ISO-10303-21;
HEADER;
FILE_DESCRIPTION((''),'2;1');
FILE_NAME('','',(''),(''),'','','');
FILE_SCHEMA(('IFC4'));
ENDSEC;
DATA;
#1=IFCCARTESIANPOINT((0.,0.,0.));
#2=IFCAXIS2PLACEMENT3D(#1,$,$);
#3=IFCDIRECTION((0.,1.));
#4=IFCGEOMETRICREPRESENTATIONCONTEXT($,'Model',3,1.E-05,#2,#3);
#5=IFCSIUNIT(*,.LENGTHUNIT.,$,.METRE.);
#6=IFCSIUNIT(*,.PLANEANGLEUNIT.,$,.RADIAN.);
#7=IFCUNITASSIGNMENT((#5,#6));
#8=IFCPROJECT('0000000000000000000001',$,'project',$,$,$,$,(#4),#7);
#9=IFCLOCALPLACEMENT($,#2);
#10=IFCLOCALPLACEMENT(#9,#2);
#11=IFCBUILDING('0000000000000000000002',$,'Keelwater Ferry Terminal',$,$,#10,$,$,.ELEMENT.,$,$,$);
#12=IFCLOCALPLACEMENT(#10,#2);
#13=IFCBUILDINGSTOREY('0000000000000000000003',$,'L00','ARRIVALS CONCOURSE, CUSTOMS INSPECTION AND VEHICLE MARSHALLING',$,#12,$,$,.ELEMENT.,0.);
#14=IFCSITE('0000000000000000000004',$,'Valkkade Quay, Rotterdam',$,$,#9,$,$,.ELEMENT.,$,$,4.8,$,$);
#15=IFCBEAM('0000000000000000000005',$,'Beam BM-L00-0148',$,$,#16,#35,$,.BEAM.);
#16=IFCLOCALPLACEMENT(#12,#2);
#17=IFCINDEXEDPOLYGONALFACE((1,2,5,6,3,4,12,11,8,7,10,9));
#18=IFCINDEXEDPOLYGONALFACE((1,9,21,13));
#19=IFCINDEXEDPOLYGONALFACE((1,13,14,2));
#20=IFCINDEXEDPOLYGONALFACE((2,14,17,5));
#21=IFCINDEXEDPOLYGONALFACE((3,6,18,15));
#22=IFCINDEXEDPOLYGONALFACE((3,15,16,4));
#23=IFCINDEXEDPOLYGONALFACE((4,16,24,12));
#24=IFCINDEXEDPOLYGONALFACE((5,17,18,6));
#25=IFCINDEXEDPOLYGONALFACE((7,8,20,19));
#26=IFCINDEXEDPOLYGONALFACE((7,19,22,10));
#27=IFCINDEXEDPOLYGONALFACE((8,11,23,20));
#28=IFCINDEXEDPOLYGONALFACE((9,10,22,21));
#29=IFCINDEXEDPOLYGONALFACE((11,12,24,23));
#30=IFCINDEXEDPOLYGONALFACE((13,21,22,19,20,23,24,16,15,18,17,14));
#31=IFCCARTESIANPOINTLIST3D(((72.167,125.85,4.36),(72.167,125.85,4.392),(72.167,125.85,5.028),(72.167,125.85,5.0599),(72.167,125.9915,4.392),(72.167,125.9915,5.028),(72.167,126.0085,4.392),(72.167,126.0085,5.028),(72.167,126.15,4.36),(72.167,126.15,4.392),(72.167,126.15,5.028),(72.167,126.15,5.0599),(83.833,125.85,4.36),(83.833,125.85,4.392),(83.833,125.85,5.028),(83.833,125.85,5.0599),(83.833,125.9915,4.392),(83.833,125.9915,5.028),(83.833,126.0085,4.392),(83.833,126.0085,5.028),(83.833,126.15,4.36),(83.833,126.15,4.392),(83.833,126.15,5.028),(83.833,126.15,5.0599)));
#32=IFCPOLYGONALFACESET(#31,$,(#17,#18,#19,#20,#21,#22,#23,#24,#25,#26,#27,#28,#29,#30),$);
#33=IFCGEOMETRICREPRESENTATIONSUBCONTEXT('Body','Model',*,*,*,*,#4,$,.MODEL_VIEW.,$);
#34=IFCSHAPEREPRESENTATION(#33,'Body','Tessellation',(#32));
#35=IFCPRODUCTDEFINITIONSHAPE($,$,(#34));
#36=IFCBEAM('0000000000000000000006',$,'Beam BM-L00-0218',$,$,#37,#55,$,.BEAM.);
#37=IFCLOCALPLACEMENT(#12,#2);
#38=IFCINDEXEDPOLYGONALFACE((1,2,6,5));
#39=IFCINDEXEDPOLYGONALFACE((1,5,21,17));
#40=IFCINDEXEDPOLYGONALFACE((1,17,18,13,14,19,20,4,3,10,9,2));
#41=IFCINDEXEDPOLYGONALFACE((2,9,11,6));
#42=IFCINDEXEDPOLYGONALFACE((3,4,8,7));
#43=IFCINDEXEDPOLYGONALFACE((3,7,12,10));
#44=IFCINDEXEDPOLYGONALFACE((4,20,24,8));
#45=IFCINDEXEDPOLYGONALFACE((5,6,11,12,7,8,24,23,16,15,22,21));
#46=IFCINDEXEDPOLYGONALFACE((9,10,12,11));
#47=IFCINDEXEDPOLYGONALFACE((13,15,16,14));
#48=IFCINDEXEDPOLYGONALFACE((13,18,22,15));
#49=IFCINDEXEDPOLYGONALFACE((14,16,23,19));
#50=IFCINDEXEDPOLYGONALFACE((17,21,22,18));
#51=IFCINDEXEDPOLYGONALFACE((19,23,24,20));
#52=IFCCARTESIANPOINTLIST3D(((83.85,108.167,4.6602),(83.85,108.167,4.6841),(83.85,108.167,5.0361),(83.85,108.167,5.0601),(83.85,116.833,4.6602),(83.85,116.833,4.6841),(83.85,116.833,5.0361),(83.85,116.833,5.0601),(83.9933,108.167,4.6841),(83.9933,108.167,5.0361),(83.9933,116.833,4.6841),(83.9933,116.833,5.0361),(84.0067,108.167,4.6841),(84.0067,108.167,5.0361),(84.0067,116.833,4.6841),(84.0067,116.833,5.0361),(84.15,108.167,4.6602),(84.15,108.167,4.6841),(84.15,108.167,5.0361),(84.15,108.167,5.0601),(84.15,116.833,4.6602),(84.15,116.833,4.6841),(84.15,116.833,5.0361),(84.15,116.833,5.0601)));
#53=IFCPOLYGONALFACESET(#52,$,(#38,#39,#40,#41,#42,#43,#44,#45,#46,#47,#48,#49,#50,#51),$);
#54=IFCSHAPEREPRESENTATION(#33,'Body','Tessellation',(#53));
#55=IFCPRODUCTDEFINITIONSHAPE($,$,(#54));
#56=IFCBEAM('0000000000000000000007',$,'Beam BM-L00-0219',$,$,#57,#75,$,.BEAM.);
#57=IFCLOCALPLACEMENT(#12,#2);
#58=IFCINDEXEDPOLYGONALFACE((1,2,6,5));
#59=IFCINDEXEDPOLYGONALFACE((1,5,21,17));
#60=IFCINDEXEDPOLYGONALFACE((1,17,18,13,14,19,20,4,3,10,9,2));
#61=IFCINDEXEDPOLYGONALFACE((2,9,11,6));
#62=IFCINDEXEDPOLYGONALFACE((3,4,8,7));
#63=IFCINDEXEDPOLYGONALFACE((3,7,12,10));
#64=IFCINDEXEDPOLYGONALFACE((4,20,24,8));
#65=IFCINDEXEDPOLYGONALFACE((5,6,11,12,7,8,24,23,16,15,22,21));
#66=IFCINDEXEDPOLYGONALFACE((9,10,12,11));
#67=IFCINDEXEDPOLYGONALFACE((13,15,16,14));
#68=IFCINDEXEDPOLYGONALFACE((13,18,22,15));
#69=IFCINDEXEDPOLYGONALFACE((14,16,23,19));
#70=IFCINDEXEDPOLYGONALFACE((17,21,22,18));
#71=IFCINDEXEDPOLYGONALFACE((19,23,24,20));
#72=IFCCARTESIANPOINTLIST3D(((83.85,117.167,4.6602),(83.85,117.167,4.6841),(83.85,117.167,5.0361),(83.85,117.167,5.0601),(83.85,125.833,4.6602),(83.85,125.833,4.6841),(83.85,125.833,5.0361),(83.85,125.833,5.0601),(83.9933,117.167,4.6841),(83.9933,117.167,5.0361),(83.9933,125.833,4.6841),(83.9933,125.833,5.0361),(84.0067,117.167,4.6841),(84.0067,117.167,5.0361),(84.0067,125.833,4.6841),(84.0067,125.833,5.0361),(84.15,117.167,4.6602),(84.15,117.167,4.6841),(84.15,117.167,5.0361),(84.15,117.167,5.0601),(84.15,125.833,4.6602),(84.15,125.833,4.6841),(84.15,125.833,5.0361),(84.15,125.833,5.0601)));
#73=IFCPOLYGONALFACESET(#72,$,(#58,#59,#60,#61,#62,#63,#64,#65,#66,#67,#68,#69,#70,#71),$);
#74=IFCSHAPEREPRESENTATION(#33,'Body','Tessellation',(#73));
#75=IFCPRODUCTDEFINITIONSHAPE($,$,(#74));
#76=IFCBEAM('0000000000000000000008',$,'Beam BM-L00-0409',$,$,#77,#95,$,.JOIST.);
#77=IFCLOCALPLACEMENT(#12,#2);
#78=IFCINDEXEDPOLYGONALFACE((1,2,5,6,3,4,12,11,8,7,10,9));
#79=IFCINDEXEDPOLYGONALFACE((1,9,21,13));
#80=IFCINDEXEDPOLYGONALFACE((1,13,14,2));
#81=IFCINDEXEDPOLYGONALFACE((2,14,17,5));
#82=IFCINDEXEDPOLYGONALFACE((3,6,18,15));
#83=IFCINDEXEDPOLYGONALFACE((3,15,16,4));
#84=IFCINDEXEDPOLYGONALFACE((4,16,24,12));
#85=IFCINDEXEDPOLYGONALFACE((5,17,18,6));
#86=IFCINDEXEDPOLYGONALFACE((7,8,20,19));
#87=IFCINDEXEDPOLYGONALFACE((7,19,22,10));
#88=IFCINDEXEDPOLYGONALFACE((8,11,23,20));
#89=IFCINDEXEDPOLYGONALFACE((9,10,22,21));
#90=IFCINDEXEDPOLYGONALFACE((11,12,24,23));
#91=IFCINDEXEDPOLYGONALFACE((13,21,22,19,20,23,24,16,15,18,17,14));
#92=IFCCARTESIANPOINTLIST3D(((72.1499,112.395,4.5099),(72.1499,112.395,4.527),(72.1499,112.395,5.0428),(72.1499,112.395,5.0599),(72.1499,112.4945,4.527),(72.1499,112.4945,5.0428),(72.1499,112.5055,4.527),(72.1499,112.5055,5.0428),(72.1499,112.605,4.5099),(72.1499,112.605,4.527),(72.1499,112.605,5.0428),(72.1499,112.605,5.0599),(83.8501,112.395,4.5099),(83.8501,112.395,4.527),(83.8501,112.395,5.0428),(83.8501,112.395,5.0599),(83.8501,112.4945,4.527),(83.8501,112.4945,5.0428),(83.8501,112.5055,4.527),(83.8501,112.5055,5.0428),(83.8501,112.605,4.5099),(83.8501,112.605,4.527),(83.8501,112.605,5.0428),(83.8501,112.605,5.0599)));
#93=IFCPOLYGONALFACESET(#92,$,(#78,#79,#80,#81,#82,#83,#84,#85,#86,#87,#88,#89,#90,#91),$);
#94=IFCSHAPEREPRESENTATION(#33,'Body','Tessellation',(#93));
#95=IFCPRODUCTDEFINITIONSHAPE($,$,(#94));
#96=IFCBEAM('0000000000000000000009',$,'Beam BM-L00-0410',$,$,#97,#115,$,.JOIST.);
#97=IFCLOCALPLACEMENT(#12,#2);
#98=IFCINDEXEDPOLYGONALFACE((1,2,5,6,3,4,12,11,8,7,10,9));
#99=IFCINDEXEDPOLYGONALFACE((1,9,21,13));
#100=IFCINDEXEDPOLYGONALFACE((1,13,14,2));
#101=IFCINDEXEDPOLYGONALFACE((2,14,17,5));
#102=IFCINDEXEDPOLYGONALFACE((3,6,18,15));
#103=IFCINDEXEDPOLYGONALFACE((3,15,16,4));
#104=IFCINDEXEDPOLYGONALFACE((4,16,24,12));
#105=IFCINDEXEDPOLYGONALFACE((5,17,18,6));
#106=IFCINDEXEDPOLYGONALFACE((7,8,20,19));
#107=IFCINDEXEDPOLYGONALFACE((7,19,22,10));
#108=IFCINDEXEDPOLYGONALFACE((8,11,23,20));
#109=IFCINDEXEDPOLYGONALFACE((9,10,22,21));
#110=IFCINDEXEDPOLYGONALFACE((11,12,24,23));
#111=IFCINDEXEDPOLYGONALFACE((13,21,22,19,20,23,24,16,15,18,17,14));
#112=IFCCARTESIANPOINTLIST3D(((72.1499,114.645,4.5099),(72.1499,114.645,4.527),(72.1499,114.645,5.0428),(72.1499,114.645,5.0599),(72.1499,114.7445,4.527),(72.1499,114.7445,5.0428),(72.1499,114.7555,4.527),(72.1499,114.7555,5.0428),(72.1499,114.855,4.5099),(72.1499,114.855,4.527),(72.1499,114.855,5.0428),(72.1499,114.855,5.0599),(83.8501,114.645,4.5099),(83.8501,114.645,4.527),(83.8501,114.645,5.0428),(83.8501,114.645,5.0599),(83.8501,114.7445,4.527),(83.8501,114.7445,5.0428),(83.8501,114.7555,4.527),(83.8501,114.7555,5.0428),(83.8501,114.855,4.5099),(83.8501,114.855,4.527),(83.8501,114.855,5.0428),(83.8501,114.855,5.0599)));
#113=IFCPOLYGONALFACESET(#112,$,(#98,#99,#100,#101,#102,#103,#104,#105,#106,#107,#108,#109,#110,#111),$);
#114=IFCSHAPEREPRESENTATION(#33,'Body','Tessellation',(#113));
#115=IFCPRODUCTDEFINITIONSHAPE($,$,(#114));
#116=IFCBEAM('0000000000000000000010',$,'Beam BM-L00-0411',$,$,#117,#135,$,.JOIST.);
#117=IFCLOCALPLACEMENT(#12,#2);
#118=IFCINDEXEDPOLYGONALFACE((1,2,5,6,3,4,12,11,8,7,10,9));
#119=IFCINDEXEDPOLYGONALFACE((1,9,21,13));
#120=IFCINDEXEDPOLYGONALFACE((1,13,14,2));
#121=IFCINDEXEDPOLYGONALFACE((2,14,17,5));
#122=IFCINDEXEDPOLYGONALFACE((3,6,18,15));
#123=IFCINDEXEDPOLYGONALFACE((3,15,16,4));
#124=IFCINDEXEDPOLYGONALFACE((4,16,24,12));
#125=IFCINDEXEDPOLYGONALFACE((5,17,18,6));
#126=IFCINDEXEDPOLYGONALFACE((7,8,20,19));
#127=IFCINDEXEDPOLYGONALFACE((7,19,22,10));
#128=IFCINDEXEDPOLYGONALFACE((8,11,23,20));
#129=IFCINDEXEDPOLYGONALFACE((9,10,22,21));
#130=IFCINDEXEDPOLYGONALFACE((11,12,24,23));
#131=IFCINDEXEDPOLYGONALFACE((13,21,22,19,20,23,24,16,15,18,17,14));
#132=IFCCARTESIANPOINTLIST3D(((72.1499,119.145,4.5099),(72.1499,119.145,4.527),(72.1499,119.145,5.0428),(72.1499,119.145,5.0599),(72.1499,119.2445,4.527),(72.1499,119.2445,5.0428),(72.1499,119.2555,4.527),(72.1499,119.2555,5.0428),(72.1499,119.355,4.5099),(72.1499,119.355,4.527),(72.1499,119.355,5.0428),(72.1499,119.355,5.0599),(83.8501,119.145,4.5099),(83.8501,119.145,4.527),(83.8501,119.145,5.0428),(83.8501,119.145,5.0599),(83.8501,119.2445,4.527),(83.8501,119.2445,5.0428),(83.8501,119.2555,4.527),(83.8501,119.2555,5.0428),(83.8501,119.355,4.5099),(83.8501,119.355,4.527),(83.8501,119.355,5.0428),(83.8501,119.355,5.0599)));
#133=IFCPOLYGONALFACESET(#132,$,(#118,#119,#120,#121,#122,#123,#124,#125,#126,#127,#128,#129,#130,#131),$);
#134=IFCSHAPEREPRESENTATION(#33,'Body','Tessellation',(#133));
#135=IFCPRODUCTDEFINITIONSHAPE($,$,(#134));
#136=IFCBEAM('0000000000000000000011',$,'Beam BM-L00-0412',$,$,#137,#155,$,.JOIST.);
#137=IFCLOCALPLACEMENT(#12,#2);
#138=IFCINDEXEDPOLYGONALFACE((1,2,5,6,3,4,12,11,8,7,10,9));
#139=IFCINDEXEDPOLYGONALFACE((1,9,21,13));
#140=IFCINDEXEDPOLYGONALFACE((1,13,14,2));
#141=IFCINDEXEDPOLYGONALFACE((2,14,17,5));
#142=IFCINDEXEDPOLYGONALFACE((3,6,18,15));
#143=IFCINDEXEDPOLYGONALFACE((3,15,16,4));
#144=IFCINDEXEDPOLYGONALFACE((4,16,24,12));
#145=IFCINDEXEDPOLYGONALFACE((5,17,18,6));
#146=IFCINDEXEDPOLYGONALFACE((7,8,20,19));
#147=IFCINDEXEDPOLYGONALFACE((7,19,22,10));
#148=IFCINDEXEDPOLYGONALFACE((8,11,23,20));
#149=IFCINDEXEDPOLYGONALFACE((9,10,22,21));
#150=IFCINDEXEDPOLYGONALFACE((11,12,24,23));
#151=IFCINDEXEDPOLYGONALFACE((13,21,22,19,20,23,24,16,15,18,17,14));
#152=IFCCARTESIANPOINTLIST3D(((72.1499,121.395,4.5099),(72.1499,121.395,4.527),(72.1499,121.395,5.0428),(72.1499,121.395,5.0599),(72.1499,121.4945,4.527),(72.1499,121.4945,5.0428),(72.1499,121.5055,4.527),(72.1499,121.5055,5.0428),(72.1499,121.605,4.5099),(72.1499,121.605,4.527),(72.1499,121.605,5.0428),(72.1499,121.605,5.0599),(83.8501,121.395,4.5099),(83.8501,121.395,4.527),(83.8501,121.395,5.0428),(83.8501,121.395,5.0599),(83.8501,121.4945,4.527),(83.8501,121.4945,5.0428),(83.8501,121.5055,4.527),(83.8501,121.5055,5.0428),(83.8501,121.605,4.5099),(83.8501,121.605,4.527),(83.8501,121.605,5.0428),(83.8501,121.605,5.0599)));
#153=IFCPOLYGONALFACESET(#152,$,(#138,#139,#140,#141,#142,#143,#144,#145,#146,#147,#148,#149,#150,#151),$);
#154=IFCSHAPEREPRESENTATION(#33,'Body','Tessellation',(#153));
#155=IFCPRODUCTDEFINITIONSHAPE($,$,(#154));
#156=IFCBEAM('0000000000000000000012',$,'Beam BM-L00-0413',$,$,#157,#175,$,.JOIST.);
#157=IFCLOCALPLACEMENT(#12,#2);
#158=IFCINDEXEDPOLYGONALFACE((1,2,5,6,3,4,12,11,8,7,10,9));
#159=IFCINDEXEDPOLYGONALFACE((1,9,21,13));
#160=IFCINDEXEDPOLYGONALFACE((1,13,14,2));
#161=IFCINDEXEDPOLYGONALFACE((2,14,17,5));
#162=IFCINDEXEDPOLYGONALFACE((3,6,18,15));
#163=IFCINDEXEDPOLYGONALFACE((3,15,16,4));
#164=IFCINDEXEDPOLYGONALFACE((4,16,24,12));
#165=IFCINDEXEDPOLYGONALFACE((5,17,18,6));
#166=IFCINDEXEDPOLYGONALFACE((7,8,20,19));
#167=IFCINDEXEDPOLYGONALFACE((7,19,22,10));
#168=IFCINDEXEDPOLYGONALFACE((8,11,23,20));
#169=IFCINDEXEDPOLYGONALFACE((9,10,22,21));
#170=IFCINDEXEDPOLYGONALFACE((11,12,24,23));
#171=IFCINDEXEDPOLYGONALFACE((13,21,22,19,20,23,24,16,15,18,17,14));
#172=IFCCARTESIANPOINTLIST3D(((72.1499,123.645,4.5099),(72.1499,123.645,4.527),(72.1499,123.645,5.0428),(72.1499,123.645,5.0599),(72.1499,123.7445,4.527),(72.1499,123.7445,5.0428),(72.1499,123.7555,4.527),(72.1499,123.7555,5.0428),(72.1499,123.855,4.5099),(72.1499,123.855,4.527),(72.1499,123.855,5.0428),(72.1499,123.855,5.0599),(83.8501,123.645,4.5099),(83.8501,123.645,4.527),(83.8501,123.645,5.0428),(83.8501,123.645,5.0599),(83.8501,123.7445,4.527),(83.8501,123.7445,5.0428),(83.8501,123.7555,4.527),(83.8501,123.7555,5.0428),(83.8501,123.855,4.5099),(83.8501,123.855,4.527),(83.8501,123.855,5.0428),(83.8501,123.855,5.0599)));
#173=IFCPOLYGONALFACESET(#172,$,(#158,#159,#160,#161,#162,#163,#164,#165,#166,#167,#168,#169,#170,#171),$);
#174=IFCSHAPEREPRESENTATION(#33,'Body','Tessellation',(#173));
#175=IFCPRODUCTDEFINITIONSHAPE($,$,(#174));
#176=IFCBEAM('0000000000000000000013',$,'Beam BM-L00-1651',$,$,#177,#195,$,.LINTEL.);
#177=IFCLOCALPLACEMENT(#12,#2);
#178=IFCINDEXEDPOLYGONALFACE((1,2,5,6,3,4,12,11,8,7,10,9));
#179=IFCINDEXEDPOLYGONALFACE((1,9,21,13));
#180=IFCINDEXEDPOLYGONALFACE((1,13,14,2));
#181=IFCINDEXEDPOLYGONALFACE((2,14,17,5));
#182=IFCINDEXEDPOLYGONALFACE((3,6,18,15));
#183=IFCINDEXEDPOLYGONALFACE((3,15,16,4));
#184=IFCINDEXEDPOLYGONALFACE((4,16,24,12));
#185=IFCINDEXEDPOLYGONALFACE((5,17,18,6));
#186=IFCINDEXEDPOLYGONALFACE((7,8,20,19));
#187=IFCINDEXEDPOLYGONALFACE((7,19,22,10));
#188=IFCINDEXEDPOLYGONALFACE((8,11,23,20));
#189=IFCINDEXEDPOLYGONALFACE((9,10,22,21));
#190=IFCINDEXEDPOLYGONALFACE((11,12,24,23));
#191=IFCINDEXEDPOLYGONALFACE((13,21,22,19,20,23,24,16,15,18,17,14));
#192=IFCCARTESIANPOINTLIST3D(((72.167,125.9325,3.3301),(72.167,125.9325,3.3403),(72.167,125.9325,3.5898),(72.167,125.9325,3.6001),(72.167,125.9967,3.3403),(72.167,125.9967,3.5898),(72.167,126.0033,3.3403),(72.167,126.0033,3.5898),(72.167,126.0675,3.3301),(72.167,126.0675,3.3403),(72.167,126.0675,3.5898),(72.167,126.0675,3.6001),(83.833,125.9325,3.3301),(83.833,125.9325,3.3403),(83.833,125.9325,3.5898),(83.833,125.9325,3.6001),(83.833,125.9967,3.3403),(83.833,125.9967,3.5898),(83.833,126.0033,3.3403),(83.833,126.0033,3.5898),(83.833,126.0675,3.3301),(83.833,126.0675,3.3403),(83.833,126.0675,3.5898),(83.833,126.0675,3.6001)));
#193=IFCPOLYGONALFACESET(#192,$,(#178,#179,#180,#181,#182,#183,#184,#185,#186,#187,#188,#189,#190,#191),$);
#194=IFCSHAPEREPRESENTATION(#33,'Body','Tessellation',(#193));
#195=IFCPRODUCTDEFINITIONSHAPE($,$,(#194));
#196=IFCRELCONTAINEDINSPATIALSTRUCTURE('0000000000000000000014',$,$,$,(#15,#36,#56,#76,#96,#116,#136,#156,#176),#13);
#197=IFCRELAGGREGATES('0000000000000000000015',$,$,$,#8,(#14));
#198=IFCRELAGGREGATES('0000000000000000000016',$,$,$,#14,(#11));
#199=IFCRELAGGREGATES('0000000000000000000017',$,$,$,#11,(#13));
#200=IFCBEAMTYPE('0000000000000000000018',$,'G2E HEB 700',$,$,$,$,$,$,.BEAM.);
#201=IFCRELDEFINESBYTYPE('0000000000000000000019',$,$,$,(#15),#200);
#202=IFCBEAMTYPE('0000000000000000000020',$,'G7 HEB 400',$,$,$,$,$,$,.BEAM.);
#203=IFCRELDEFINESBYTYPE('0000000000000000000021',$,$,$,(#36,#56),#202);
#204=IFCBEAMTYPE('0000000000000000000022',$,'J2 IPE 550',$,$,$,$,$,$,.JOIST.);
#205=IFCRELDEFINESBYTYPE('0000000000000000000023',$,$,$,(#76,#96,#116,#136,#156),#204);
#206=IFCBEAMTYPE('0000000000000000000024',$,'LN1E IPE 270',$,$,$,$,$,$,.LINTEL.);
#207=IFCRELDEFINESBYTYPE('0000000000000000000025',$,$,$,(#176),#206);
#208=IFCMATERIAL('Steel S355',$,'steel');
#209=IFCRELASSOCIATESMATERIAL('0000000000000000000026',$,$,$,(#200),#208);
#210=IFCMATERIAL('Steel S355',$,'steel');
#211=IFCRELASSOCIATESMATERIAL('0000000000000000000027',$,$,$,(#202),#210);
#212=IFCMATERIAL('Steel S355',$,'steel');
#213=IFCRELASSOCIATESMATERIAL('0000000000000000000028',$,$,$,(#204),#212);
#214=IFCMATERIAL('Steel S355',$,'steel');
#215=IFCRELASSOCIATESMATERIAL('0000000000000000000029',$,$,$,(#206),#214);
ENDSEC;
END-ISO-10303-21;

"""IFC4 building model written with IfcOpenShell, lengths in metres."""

from ifc_helpers import new_model, si_unit, direction, frame, origin, origin_2d, place, context, subcontext, project, spatial, i_section, extrude, material, material_profile, profile_set, type_object, element, save


model = new_model("IFC4")

# Units and contexts
model_context = context("Model", 3, precision=1e-05, world=origin(), true_north=direction((0.0, 1.0)))
body_context = subcontext(model_context, "Body", "Model", "MODEL_VIEW")
ifc_project = project(units=[si_unit("LENGTHUNIT", "METRE"), si_unit("PLANEANGLEUNIT", "RADIAN")], contexts=[model_context])

# Site, building, storey
site_placement = place(None, origin())
site = spatial("IfcSite", under=ifc_project, at=site_placement, Name="Valkkade Quay, Rotterdam", CompositionType="ELEMENT", RefElevation=4.8)
building_placement = place(site_placement, origin())
building = spatial("IfcBuilding", under=site, at=building_placement, Name="Keelwater Ferry Terminal", CompositionType="ELEMENT")
storey_placement = place(building_placement, origin())
storey = spatial("IfcBuildingStorey", under=building, at=storey_placement, Name="L00", Description="ARRIVALS CONCOURSE, CUSTOMS INSPECTION AND VEHICLE MARSHALLING", CompositionType="ELEMENT", Elevation=0.0)

# Beams
ifc_material_1 = material(Name="Steel S355", Category="steel")
ifc_material_profile_1 = material_profile(ifc_material_1, i_section(OverallWidth=0.3, OverallDepth=0.7, WebThickness=0.0171, FlangeThickness=0.032, at=origin_2d()), Name="HEB 700")
ifc_profile_set_1 = profile_set([ifc_material_profile_1], Name="Steel S355")
beam_type_1 = type_object("IfcBeamType", Name="G2E HEB 700", PredefinedType="BEAM", material=ifc_profile_set_1)
beam_1_placement = place(storey_placement, frame((72.167, 126.0, 4.71), z_axis=(1.0, 0.0, 0.0), x_axis=(0.0, 1.0, 0.0)))
element("IfcBeam", 1, at=beam_1_placement, inside=storey, type_object=beam_type_1, Name="Beam BM-L00-0148", PredefinedType="BEAM", context=body_context, shape_type="SweptSolid", body=[
    extrude(i_section(OverallWidth=0.3, OverallDepth=0.7, WebThickness=0.0171, FlangeThickness=0.032, at=origin_2d()), origin(), (0.0, 0.0, 1.0), 11.666),
])
ifc_material_2 = material(Name="Steel S355", Category="steel")
ifc_material_profile_2 = material_profile(ifc_material_2, i_section(OverallWidth=0.3, OverallDepth=0.3999, WebThickness=0.0134, FlangeThickness=0.0239, at=origin_2d()), Name="HEB 400")
ifc_profile_set_2 = profile_set([ifc_material_profile_2], Name="Steel S355")
beam_type_2 = type_object("IfcBeamType", Name="G7 HEB 400", PredefinedType="BEAM", material=ifc_profile_set_2)
for number, where, z_axis, x_axis, name in (
    (2, (84.0, 108.167, 4.8601), (0.0, 1.0, 0.0), (-1.0, 0.0, 0.0), "Beam BM-L00-0218"),
    (3, (84.0, 117.167, 4.8601), (0.0, 1.0, 0.0), (-1.0, 0.0, 0.0), "Beam BM-L00-0219"),
):
    element("IfcBeam", number, at=place(storey_placement, frame(where, z_axis=z_axis, x_axis=x_axis)), inside=storey, type_object=beam_type_2, Name=name, PredefinedType="BEAM", context=body_context, shape_type="SweptSolid", body=[
        extrude(i_section(OverallWidth=0.3, OverallDepth=0.3999, WebThickness=0.0134, FlangeThickness=0.0239, at=origin_2d()), origin(), (0.0, 0.0, 1.0), 8.666),
    ])
ifc_material_3 = material(Name="Steel S355", Category="steel")
ifc_material_profile_3 = material_profile(ifc_material_3, i_section(OverallWidth=0.21, OverallDepth=0.55, WebThickness=0.011, FlangeThickness=0.0171, at=origin_2d()), Name="IPE 550")
ifc_profile_set_3 = profile_set([ifc_material_profile_3], Name="Steel S355")
beam_type_3 = type_object("IfcBeamType", Name="J2 IPE 550", PredefinedType="JOIST", material=ifc_profile_set_3)
for number, where, z_axis, x_axis, name in (
    (4, (72.1499, 112.5, 4.7849), (1.0, 0.0, 0.0), (0.0, 1.0, 0.0), "Beam BM-L00-0409"),
    (5, (72.1499, 114.75, 4.7849), (1.0, 0.0, 0.0), (0.0, 1.0, 0.0), "Beam BM-L00-0410"),
    (6, (72.1499, 119.25, 4.7849), (1.0, 0.0, 0.0), (0.0, 1.0, 0.0), "Beam BM-L00-0411"),
    (7, (72.1499, 121.5, 4.7849), (1.0, 0.0, 0.0), (0.0, 1.0, 0.0), "Beam BM-L00-0412"),
    (8, (72.1499, 123.75, 4.7849), (1.0, 0.0, 0.0), (0.0, 1.0, 0.0), "Beam BM-L00-0413"),
):
    element("IfcBeam", number, at=place(storey_placement, frame(where, z_axis=z_axis, x_axis=x_axis)), inside=storey, type_object=beam_type_3, Name=name, PredefinedType="JOIST", context=body_context, shape_type="SweptSolid", body=[
        extrude(i_section(OverallWidth=0.21, OverallDepth=0.55, WebThickness=0.011, FlangeThickness=0.0171, at=origin_2d()), origin(), (0.0, 0.0, 1.0), 11.7002),
    ])
ifc_material_4 = material(Name="Steel S355", Category="steel")
ifc_material_profile_4 = material_profile(ifc_material_4, i_section(OverallWidth=0.135, OverallDepth=0.27, WebThickness=0.0066, FlangeThickness=0.0103, at=origin_2d()), Name="IPE 270")
ifc_profile_set_4 = profile_set([ifc_material_profile_4], Name="Steel S355")
beam_type_4 = type_object("IfcBeamType", Name="LN1E IPE 270", PredefinedType="LINTEL", material=ifc_profile_set_4)
beam_2_placement = place(storey_placement, frame((72.167, 126.0, 3.4651), z_axis=(1.0, 0.0, 0.0), x_axis=(0.0, 1.0, 0.0)))
element("IfcBeam", 9, at=beam_2_placement, inside=storey, type_object=beam_type_4, Name="Beam BM-L00-1651", PredefinedType="LINTEL", context=body_context, shape_type="SweptSolid", body=[
    extrude(i_section(OverallWidth=0.135, OverallDepth=0.27, WebThickness=0.0066, FlangeThickness=0.0103, at=origin_2d()), origin(), (0.0, 0.0, 1.0), 11.666),
])

save(model, "model.ifc")
